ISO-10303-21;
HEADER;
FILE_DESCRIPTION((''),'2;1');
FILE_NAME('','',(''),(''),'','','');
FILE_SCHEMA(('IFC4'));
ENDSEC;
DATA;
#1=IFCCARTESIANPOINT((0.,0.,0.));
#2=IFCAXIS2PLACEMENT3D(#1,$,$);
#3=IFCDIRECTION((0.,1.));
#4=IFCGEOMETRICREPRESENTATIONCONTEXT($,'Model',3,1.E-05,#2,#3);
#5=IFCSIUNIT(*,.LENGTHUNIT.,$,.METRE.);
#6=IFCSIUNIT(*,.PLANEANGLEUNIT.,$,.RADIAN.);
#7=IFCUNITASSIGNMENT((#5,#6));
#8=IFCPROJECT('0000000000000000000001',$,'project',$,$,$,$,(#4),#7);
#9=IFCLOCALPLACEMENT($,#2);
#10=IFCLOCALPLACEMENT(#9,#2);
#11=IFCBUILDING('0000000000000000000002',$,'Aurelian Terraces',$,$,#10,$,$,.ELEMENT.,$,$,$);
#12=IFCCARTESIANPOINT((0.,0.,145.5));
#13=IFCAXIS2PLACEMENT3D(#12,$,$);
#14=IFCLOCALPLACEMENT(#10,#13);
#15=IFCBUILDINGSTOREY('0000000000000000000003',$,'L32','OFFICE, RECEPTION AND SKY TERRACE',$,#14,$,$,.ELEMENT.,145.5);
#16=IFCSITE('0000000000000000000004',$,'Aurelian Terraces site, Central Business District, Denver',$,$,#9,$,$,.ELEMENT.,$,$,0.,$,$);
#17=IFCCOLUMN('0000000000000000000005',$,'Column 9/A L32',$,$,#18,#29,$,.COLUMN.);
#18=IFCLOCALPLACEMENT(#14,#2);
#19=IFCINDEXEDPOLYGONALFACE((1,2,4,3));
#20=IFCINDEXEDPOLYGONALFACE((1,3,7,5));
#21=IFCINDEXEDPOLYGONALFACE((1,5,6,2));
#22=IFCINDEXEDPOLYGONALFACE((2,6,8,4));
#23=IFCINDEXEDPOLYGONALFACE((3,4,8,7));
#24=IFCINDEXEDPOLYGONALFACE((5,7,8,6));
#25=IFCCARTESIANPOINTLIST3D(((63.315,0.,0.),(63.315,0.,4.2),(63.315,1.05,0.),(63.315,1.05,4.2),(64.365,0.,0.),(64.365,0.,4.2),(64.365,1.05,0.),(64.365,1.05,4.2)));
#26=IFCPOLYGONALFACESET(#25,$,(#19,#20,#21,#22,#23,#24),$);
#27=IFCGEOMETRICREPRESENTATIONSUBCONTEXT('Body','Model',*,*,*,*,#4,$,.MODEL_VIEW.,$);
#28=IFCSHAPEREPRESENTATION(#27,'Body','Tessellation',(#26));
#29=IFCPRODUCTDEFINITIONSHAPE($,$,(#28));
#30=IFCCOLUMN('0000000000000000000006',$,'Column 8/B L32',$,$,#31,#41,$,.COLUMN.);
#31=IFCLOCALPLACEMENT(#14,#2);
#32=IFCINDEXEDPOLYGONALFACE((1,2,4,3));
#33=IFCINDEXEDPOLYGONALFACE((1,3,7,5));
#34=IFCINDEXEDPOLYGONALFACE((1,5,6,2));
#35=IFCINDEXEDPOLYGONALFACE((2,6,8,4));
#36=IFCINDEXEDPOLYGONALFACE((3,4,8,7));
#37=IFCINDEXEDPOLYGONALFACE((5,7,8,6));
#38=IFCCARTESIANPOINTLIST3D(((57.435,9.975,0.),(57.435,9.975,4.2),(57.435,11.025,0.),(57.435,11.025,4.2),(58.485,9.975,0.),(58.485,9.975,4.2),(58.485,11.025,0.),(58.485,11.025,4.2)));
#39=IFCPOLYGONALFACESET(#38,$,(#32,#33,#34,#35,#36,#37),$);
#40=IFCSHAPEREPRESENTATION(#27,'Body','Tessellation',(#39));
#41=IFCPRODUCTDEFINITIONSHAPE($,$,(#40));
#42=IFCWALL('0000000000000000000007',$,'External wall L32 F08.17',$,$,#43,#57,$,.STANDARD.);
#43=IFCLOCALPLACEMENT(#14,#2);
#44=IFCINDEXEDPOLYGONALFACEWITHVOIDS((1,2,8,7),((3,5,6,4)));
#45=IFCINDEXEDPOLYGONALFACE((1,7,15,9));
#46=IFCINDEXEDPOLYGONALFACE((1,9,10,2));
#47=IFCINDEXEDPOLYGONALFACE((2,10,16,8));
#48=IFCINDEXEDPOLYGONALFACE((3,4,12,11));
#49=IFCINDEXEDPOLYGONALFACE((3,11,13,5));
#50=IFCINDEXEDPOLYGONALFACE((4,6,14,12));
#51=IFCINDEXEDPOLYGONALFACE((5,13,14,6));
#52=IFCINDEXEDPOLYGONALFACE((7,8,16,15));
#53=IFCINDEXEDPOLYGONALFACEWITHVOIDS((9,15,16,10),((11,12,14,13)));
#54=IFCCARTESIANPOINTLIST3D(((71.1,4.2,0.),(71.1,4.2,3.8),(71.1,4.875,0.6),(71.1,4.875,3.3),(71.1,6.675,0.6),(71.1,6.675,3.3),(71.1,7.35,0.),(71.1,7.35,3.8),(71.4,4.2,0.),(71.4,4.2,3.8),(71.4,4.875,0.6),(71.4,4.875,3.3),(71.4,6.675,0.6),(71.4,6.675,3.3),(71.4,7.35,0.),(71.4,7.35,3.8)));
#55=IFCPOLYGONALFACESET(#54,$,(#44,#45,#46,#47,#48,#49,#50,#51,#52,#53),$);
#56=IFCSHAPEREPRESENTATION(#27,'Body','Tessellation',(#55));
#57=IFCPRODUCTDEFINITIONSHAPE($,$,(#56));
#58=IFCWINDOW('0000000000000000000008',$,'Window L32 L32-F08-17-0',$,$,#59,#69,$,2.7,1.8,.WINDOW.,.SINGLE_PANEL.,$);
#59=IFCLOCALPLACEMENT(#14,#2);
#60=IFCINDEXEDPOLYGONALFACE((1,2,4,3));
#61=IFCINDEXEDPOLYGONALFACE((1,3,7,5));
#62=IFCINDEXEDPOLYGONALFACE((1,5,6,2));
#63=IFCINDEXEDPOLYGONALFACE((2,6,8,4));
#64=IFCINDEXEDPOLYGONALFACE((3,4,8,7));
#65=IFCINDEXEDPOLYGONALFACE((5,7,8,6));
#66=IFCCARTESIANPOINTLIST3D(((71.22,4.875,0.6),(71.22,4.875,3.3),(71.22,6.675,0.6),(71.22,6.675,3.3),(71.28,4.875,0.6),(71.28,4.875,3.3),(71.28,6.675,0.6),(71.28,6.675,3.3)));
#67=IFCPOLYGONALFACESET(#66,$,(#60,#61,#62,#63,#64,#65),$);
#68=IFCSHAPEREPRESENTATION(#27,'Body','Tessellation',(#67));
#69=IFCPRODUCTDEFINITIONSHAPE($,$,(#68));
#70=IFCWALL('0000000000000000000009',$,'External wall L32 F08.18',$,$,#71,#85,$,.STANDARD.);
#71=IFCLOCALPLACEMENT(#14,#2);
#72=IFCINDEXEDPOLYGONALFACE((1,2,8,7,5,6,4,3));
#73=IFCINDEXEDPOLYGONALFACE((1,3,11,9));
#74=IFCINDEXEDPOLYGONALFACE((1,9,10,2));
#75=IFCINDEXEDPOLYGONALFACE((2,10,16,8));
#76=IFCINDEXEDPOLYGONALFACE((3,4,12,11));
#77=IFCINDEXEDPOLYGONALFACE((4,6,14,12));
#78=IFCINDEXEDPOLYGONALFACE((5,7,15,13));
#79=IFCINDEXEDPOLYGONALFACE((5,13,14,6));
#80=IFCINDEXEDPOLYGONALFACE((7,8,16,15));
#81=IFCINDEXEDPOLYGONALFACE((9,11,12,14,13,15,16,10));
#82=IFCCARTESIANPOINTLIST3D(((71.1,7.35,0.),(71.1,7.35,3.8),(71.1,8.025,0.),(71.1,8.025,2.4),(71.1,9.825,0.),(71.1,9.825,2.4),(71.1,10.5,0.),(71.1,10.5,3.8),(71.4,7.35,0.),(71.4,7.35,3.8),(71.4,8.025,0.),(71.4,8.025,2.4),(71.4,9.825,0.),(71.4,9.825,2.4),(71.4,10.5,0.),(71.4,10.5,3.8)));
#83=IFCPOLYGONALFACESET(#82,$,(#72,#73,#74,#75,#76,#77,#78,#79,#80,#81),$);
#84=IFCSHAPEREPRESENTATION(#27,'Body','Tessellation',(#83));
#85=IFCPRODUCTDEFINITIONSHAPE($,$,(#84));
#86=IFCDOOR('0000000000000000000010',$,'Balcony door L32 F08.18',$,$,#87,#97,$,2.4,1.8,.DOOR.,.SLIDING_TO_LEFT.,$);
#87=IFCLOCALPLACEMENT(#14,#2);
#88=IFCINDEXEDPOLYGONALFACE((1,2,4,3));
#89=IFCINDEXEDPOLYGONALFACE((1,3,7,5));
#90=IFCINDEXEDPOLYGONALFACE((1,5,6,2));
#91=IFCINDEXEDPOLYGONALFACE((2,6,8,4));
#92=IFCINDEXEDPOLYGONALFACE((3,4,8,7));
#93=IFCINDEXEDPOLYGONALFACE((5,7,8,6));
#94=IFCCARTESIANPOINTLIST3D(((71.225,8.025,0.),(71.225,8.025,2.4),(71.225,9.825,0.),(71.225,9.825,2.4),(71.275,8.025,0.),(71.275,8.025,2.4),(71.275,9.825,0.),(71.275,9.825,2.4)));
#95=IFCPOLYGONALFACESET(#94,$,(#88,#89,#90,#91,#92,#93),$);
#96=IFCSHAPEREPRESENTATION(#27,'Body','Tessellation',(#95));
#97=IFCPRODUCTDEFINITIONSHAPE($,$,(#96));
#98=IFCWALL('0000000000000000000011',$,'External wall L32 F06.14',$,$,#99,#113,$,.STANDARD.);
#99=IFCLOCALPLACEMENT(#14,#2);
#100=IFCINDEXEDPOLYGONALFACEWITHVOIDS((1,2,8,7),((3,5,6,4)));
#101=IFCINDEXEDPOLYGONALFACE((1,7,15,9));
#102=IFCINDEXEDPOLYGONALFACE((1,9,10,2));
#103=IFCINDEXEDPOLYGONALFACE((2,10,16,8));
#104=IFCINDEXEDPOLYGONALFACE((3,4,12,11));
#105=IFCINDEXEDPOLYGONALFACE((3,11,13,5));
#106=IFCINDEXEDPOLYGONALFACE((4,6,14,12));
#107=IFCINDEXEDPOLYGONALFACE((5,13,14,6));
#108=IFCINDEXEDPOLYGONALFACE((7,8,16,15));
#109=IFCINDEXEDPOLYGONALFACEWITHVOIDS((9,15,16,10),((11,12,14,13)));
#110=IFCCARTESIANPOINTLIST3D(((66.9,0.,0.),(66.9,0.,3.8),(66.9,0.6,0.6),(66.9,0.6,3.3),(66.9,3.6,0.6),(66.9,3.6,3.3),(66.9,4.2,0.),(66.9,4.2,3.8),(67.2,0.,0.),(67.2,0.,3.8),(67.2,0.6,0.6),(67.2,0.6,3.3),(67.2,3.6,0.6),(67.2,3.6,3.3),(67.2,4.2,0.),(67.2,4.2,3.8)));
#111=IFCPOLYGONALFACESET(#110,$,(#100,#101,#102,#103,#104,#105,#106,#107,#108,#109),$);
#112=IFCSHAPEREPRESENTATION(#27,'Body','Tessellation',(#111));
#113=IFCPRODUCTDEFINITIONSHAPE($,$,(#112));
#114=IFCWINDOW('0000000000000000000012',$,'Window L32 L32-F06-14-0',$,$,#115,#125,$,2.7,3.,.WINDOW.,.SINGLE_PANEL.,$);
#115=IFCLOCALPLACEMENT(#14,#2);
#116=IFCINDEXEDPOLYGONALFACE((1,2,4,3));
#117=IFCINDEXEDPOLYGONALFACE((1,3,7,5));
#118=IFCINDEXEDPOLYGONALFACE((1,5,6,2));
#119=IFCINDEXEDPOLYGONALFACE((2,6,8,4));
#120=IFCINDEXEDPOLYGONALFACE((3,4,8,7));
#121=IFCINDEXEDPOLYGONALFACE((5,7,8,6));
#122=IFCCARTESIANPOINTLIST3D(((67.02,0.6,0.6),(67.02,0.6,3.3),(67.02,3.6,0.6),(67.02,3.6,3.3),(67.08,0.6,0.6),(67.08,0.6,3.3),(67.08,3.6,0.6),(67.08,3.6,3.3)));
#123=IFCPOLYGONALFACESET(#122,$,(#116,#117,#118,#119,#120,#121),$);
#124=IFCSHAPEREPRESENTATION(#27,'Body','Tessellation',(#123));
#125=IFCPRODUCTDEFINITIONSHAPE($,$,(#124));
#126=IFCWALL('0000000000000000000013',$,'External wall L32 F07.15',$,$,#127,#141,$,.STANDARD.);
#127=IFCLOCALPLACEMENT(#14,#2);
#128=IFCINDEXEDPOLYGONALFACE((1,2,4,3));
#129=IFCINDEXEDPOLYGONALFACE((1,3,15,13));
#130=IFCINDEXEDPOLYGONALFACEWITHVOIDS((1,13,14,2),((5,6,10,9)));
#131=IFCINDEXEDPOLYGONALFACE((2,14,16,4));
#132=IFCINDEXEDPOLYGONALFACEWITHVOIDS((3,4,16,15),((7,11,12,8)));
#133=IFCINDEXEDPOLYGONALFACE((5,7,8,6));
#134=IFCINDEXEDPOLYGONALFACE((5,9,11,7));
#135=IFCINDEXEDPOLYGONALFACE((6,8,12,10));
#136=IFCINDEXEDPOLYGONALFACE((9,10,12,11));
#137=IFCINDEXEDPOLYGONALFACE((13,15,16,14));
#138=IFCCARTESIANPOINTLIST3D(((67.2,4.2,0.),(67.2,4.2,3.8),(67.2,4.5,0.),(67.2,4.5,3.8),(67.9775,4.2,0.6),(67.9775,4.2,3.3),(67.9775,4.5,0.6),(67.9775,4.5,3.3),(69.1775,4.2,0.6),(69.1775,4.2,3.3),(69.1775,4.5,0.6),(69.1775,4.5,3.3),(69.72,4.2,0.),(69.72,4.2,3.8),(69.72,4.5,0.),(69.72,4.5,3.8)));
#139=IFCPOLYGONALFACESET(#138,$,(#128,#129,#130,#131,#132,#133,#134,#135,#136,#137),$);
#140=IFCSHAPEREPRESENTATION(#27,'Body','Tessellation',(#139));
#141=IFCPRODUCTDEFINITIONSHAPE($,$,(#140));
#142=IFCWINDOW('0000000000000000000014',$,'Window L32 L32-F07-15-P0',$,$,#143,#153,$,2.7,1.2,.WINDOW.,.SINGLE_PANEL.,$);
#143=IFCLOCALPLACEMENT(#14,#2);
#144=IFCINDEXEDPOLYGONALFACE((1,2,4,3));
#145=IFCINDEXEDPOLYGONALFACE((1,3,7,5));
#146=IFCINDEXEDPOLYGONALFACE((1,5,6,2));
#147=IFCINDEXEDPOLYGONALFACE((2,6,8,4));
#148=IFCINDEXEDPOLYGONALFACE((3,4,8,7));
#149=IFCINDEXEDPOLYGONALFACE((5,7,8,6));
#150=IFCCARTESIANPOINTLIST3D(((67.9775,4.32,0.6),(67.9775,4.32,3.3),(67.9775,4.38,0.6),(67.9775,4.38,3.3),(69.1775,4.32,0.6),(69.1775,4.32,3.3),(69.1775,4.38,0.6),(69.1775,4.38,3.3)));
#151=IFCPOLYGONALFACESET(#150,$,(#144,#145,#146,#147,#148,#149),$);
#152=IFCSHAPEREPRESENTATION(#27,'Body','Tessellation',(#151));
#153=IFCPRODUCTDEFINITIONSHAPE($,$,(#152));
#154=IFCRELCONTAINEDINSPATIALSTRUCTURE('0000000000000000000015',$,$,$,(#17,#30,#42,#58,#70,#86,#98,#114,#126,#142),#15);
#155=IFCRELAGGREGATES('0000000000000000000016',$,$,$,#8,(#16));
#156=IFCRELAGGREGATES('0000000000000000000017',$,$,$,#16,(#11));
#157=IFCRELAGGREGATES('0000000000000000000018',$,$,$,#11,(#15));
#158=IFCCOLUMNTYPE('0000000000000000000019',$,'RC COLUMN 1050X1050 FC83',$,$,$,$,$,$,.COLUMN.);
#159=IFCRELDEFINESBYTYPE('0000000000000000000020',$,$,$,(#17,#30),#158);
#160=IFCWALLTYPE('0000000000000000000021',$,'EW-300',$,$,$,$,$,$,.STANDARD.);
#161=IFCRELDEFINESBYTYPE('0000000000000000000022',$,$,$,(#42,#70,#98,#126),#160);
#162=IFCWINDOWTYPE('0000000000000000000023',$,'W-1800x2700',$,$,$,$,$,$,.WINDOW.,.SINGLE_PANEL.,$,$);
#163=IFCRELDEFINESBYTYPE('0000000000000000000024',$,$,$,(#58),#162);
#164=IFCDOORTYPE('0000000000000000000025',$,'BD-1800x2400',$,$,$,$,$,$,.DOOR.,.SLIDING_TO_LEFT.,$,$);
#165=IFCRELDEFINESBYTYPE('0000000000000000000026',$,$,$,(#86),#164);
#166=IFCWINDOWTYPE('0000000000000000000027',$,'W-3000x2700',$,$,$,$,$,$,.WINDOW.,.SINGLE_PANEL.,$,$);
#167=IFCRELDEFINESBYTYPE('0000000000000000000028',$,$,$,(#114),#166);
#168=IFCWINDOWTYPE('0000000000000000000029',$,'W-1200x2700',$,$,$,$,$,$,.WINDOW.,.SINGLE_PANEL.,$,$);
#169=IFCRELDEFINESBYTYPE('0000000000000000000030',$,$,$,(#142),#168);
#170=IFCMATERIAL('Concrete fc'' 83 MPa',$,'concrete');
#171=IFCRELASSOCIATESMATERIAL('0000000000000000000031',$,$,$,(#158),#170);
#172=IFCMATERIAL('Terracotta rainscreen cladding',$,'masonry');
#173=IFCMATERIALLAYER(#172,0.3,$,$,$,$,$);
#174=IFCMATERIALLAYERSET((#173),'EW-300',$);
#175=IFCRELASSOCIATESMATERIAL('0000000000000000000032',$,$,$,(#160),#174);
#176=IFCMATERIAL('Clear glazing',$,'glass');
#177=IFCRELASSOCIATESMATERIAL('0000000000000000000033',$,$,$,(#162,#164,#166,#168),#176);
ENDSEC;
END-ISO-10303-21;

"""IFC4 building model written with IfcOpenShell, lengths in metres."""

from ifc_helpers import new_model, si_unit, direction, frame, frame_2d, origin, origin_2d, place, context, subcontext, project, spatial, rectangle, extrude, source, transform, mapped, material, layer, layer_set, material_profile, profile_set, type_object, element, fill, save


model = new_model("IFC4")

# Units and contexts
model_context = context("Model", 3, precision=1e-05, world=origin(), true_north=direction((0.0, 1.0)))
body_context = subcontext(model_context, "Body", "Model", "MODEL_VIEW")
ifc_project = project(units=[si_unit("LENGTHUNIT", "METRE"), si_unit("PLANEANGLEUNIT", "RADIAN")], contexts=[model_context])

# Site, building, storey
site_placement = place(None, origin())
site = spatial("IfcSite", under=ifc_project, at=site_placement, Name="Aurelian Terraces site, Central Business District, Denver", CompositionType="ELEMENT", RefElevation=0.0)
building_placement = place(site_placement, origin())
building = spatial("IfcBuilding", under=site, at=building_placement, Name="Aurelian Terraces", CompositionType="ELEMENT")
storey_placement = place(building_placement, frame((0.0, 0.0, 145.5)))
storey = spatial("IfcBuildingStorey", under=building, at=storey_placement, Name="L32", Description="OFFICE, RECEPTION AND SKY TERRACE", CompositionType="ELEMENT", Elevation=145.5)

# Columns
ifc_material_1 = material(Name="Concrete fc' 83 MPa", Category="concrete")
ifc_material_profile = material_profile(ifc_material_1, rectangle(XDim=1.05, YDim=1.05, at=origin_2d()))
ifc_profile_set = profile_set([ifc_material_profile], Name="Concrete fc' 83 MPa")
column_type = type_object("IfcColumnType", Name="RC COLUMN 1050X1050 FC83", PredefinedType="COLUMN", material=ifc_profile_set)
shared_shape_1 = source(origin(), body_context, "Body", "SweptSolid", [
    extrude(rectangle(XDim=1.05, YDim=1.05, at=origin_2d()), origin(), (0.0, 0.0, 1.0), 4.2),
])
for number, where, z_axis, x_axis, name in (
    (1, (63.84, 0.525, 0.0), (0.0, 0.0, 1.0), (1.0, 0.0, 0.0), "Column 9/A L32"),
    (2, (57.96, 10.5, 0.0), (0.0, 0.0, 1.0), (1.0, 0.0, 0.0), "Column 8/B L32"),
):
    element("IfcColumn", number, at=place(storey_placement, frame(where, z_axis=z_axis, x_axis=x_axis)), inside=storey, type_object=column_type, Name=name, PredefinedType="COLUMN", context=body_context, shape_type="MappedRepresentation", body=[
        mapped(shared_shape_1, transform((0.0, 0.0, 0.0), scale=1.0)),
    ])

# Wall, opening, window
ifc_material_2 = material(Name="Terracotta rainscreen cladding", Category="masonry")
ifc_layer_1 = layer(ifc_material_2, 0.3)
ifc_layer_set_1 = layer_set([ifc_layer_1], Name="EW-300")
wall_type_1 = type_object("IfcWallType", Name="EW-300", PredefinedType="STANDARD", material=ifc_layer_set_1)
shared_shape_2 = source(origin(), body_context, "Body", "SweptSolid", [
    extrude(rectangle(XDim=3.15, YDim=0.3, at=frame_2d((1.575, 0.0))), origin(), (0.0, 0.0, 1.0), 3.8),
])
wall_1_placement = place(storey_placement, frame((71.25, 4.2, 0.0), z_axis=(0.0, 0.0, 1.0), x_axis=(0.0, 1.0, 0.0)))
wall_1 = element("IfcWall", 3, at=wall_1_placement, inside=storey, type_object=wall_type_1, Name="External wall L32 F08.17", PredefinedType="STANDARD", context=body_context, shape_type="MappedRepresentation", body=[
    mapped(shared_shape_2, transform((0.0, 0.0, 0.0), scale=1.0)),
])
shared_shape_3 = source(origin(), body_context, "Body", "SweptSolid", [
    extrude(rectangle(XDim=1.8, YDim=2.7, at=frame_2d((0.9, 1.35))), frame((0.0, 0.16, 0.0), z_axis=(0.0, -1.0, 0.0), x_axis=(1.0, 0.0, 0.0)), (0.0, 0.0, 1.0), 0.32),
])
opening_1_placement = place(wall_1_placement, frame((0.675, 0.0, 0.6)))
opening_1 = element("IfcOpeningElement", 4, at=opening_1_placement, cuts=wall_1, PredefinedType="OPENING", context=body_context, shape_type="MappedRepresentation", body=[
    mapped(shared_shape_3, transform((0.0, 0.0, 0.0), scale=1.0)),
])
ifc_material_3 = material(Name="Clear glazing", Category="glass")
window_type_1 = type_object("IfcWindowType", Name="W-1800x2700", PartitioningType="SINGLE_PANEL", PredefinedType="WINDOW", material=ifc_material_3)
shared_shape_4 = source(origin(), body_context, "Body", "SweptSolid", [
    extrude(rectangle(XDim=1.8, YDim=2.7, at=frame_2d((0.9, 1.35))), frame((0.0, 0.03, 0.0), z_axis=(0.0, -1.0, 0.0), x_axis=(1.0, 0.0, 0.0)), (0.0, 0.0, 1.0), 0.06),
])
window_1_placement = place(opening_1_placement, origin())
window_1 = element("IfcWindow", 5, at=window_1_placement, inside=storey, type_object=window_type_1, Name="Window L32 L32-F08-17-0", OverallHeight=2.7, OverallWidth=1.8, PartitioningType="SINGLE_PANEL", PredefinedType="WINDOW", context=body_context, shape_type="MappedRepresentation", body=[
    mapped(shared_shape_4, transform((0.0, 0.0, 0.0), scale=1.0)),
])
fill(opening_1, window_1)

# Wall, opening, door
wall_2_placement = place(storey_placement, frame((71.25, 7.35, 0.0), z_axis=(0.0, 0.0, 1.0), x_axis=(0.0, 1.0, 0.0)))
wall_2 = element("IfcWall", 6, at=wall_2_placement, inside=storey, type_object=wall_type_1, Name="External wall L32 F08.18", PredefinedType="STANDARD", context=body_context, shape_type="MappedRepresentation", body=[
    mapped(shared_shape_2, transform((0.0, 0.0, 0.0), scale=1.0)),
])
shared_shape_5 = source(origin(), body_context, "Body", "SweptSolid", [
    extrude(rectangle(XDim=1.8, YDim=2.4, at=frame_2d((0.9, 1.2))), frame((0.0, 0.16, 0.0), z_axis=(0.0, -1.0, 0.0), x_axis=(1.0, 0.0, 0.0)), (0.0, 0.0, 1.0), 0.32),
])
opening_2_placement = place(wall_2_placement, frame((0.675, 0.0, 0.0)))
opening_2 = element("IfcOpeningElement", 7, at=opening_2_placement, cuts=wall_2, PredefinedType="OPENING", context=body_context, shape_type="MappedRepresentation", body=[
    mapped(shared_shape_5, transform((0.0, 0.0, 0.0), scale=1.0)),
])
door_type = type_object("IfcDoorType", Name="BD-1800x2400", OperationType="SLIDING_TO_LEFT", PredefinedType="DOOR", material=ifc_material_3)
shared_shape_6 = source(origin(), body_context, "Body", "SweptSolid", [
    extrude(rectangle(XDim=1.8, YDim=2.4, at=frame_2d((0.9, 1.2))), frame((0.0, 0.025, 0.0), z_axis=(0.0, -1.0, 0.0), x_axis=(1.0, 0.0, 0.0)), (0.0, 0.0, 1.0), 0.05),
])
door_placement = place(opening_2_placement, origin())
door = element("IfcDoor", 8, at=door_placement, inside=storey, type_object=door_type, Name="Balcony door L32 F08.18", OperationType="SLIDING_TO_LEFT", OverallHeight=2.4, OverallWidth=1.8, PredefinedType="DOOR", context=body_context, shape_type="MappedRepresentation", body=[
    mapped(shared_shape_6, transform((0.0, 0.0, 0.0), scale=1.0)),
])
fill(opening_2, door)

# Walls, openings, windows
shared_shape_7 = source(origin(), body_context, "Body", "SweptSolid", [
    extrude(rectangle(XDim=4.2, YDim=0.3, at=frame_2d((2.1, 0.0))), origin(), (0.0, 0.0, 1.0), 3.8),
])
wall_3_placement = place(storey_placement, frame((67.05, 0.0, 0.0), z_axis=(0.0, 0.0, 1.0), x_axis=(0.0, 1.0, 0.0)))
wall_3 = element("IfcWall", 9, at=wall_3_placement, inside=storey, type_object=wall_type_1, Name="External wall L32 F06.14", PredefinedType="STANDARD", context=body_context, shape_type="MappedRepresentation", body=[
    mapped(shared_shape_7, transform((0.0, 0.0, 0.0), scale=1.0)),
])
shared_shape_8 = source(origin(), body_context, "Body", "SweptSolid", [
    extrude(rectangle(XDim=3.0, YDim=2.7, at=frame_2d((1.5, 1.35))), frame((0.0, 0.16, 0.0), z_axis=(0.0, -1.0, 0.0), x_axis=(1.0, 0.0, 0.0)), (0.0, 0.0, 1.0), 0.32),
])
opening_3_placement = place(wall_3_placement, frame((0.6, 0.0, 0.6)))
opening_3 = element("IfcOpeningElement", 10, at=opening_3_placement, cuts=wall_3, PredefinedType="OPENING", context=body_context, shape_type="MappedRepresentation", body=[
    mapped(shared_shape_8, transform((0.0, 0.0, 0.0), scale=1.0)),
])
window_type_2 = type_object("IfcWindowType", Name="W-3000x2700", PartitioningType="SINGLE_PANEL", PredefinedType="WINDOW", material=ifc_material_3)
shared_shape_9 = source(origin(), body_context, "Body", "SweptSolid", [
    extrude(rectangle(XDim=3.0, YDim=2.7, at=frame_2d((1.5, 1.35))), frame((0.0, 0.03, 0.0), z_axis=(0.0, -1.0, 0.0), x_axis=(1.0, 0.0, 0.0)), (0.0, 0.0, 1.0), 0.06),
])
window_2_placement = place(opening_3_placement, origin())
window_2 = element("IfcWindow", 11, at=window_2_placement, inside=storey, type_object=window_type_2, Name="Window L32 L32-F06-14-0", OverallHeight=2.7, OverallWidth=3.0, PartitioningType="SINGLE_PANEL", PredefinedType="WINDOW", context=body_context, shape_type="MappedRepresentation", body=[
    mapped(shared_shape_9, transform((0.0, 0.0, 0.0), scale=1.0)),
])
fill(opening_3, window_2)
shared_shape_10 = source(origin(), body_context, "Body", "SweptSolid", [
    extrude(rectangle(XDim=2.52, YDim=0.3, at=frame_2d((1.26, 0.0))), origin(), (0.0, 0.0, 1.0), 3.8),
])
wall_4_placement = place(storey_placement, frame((67.2, 4.35, 0.0), z_axis=(0.0, 0.0, 1.0), x_axis=(1.0, 0.0, 0.0)))
wall_4 = element("IfcWall", 12, at=wall_4_placement, inside=storey, type_object=wall_type_1, Name="External wall L32 F07.15", PredefinedType="STANDARD", context=body_context, shape_type="MappedRepresentation", body=[
    mapped(shared_shape_10, transform((0.0, 0.0, 0.0), scale=1.0)),
])
shared_shape_11 = source(origin(), body_context, "Body", "SweptSolid", [
    extrude(rectangle(XDim=1.2, YDim=2.7, at=frame_2d((0.6, 1.35))), frame((0.0, 0.16, 0.0), z_axis=(0.0, -1.0, 0.0), x_axis=(1.0, 0.0, 0.0)), (0.0, 0.0, 1.0), 0.32),
])
opening_4_placement = place(wall_4_placement, frame((0.7775, 0.0, 0.6)))
opening_4 = element("IfcOpeningElement", 13, at=opening_4_placement, cuts=wall_4, PredefinedType="OPENING", context=body_context, shape_type="MappedRepresentation", body=[
    mapped(shared_shape_11, transform((0.0, 0.0, 0.0), scale=1.0)),
])
window_type_3 = type_object("IfcWindowType", Name="W-1200x2700", PartitioningType="SINGLE_PANEL", PredefinedType="WINDOW", material=ifc_material_3)
shared_shape_12 = source(origin(), body_context, "Body", "SweptSolid", [
    extrude(rectangle(XDim=1.2, YDim=2.7, at=frame_2d((0.6, 1.35))), frame((0.0, 0.03, 0.0), z_axis=(0.0, -1.0, 0.0), x_axis=(1.0, 0.0, 0.0)), (0.0, 0.0, 1.0), 0.06),
])
window_3_placement = place(opening_4_placement, origin())
window_3 = element("IfcWindow", 14, at=window_3_placement, inside=storey, type_object=window_type_3, Name="Window L32 L32-F07-15-P0", OverallHeight=2.7, OverallWidth=1.2, PartitioningType="SINGLE_PANEL", PredefinedType="WINDOW", context=body_context, shape_type="MappedRepresentation", body=[
    mapped(shared_shape_12, transform((0.0, 0.0, 0.0), scale=1.0)),
])
fill(opening_4, window_3)

save(model, "model.ifc")
